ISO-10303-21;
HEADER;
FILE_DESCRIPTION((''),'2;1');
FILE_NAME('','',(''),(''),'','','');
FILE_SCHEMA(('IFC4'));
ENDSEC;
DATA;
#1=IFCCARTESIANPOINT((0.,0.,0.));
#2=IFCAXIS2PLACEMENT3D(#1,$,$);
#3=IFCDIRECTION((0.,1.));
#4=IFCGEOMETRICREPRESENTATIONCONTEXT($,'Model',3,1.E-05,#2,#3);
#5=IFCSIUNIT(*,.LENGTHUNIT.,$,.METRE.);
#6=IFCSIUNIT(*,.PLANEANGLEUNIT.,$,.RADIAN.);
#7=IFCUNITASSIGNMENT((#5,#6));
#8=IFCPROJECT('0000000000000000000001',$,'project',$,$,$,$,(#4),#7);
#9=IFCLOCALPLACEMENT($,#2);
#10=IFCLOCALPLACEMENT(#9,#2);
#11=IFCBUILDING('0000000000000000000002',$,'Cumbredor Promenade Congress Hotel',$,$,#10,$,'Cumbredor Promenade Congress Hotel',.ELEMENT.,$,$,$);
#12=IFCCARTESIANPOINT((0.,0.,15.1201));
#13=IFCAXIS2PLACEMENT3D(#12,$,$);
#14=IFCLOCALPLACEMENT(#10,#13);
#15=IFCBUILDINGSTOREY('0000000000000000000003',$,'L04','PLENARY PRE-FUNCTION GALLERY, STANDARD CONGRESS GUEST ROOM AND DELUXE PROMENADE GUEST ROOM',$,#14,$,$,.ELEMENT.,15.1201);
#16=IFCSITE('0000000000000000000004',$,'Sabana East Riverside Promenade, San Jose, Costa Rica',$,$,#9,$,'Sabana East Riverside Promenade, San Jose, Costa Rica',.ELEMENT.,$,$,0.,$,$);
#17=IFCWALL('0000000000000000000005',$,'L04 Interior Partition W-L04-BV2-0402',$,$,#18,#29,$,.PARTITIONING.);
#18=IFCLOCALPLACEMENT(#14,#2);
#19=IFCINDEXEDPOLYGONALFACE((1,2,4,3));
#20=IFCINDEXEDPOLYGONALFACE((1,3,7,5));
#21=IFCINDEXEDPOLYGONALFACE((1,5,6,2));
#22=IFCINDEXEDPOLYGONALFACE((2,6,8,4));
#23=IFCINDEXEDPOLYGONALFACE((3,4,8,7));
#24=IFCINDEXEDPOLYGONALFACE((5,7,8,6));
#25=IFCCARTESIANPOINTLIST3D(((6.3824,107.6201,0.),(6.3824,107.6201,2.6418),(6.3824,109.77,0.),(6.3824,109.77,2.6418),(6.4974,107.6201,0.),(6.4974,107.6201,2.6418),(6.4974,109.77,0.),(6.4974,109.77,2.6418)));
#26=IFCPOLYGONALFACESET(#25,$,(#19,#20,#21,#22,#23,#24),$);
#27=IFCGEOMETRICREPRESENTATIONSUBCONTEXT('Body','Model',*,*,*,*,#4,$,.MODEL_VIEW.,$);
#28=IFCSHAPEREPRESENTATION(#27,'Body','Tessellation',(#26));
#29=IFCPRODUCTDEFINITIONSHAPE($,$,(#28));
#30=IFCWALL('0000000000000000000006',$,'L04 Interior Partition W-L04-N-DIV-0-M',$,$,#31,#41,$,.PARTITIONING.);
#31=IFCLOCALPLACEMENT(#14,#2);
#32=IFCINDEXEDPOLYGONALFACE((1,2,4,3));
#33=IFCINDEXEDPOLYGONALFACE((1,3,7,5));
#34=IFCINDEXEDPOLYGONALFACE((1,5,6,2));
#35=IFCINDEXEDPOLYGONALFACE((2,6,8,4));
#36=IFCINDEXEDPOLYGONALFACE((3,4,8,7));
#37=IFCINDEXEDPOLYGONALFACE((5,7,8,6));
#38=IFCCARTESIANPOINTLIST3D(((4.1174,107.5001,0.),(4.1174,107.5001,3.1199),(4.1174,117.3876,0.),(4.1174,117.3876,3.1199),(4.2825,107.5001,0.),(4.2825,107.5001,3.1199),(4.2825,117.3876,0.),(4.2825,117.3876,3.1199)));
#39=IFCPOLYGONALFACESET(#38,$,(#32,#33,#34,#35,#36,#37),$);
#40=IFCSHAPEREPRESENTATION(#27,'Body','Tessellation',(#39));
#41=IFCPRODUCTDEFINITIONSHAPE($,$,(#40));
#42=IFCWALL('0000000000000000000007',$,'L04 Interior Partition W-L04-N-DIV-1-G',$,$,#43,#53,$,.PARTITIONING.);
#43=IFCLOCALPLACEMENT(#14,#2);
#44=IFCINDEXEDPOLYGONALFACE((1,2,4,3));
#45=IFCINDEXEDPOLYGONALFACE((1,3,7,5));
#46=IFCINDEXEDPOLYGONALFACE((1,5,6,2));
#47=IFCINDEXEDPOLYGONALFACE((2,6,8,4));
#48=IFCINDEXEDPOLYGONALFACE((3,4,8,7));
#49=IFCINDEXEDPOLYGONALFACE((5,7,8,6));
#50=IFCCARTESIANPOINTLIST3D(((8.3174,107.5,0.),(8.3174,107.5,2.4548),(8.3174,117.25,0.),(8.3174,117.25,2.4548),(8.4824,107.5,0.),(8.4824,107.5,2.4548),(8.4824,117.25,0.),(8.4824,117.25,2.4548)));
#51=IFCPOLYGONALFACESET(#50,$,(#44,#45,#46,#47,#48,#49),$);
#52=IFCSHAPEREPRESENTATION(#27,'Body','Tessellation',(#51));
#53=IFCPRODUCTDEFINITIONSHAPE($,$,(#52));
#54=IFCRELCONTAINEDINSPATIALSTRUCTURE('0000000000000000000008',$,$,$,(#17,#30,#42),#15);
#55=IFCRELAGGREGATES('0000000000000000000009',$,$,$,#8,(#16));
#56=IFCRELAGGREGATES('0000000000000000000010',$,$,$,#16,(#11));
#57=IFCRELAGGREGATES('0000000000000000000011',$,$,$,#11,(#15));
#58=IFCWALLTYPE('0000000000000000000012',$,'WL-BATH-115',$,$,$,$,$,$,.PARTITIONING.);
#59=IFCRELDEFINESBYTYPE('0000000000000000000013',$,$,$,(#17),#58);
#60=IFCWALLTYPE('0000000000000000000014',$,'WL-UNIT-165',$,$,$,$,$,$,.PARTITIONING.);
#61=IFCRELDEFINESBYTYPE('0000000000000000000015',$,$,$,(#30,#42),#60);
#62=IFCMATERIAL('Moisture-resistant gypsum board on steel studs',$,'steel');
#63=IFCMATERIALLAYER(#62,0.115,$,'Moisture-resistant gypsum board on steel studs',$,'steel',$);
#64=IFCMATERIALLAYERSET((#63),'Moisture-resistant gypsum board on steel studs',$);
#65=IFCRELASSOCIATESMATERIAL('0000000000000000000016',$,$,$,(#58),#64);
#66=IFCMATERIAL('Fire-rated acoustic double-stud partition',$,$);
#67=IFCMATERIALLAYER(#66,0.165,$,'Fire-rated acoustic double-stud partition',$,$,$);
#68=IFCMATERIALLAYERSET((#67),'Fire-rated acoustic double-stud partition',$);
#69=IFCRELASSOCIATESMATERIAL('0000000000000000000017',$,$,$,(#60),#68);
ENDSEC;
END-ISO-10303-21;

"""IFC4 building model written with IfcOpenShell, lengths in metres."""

from ifc_helpers import new_model, si_unit, direction, frame, frame_2d, origin, place, context, subcontext, project, spatial, rectangle, extrude, material, layer, layer_set, type_object, element, save


model = new_model("IFC4")

# Units and contexts
model_context = context("Model", 3, precision=1e-05, world=origin(), true_north=direction((0.0, 1.0)))
body_context = subcontext(model_context, "Body", "Model", "MODEL_VIEW")
ifc_project = project(units=[si_unit("LENGTHUNIT", "METRE"), si_unit("PLANEANGLEUNIT", "RADIAN")], contexts=[model_context])

# Site, building, storey
site_placement = place(None, origin())
site = spatial("IfcSite", under=ifc_project, at=site_placement, Name="Sabana East Riverside Promenade, San Jose, Costa Rica", LongName="Sabana East Riverside Promenade, San Jose, Costa Rica", CompositionType="ELEMENT", RefElevation=0.0)
building_placement = place(site_placement, origin())
building = spatial("IfcBuilding", under=site, at=building_placement, Name="Cumbredor Promenade Congress Hotel", LongName="Cumbredor Promenade Congress Hotel", CompositionType="ELEMENT")
storey_placement = place(building_placement, frame((0.0, 0.0, 15.1201)))
storey = spatial("IfcBuildingStorey", under=building, at=storey_placement, Name="L04", Description="PLENARY PRE-FUNCTION GALLERY, STANDARD CONGRESS GUEST ROOM AND DELUXE PROMENADE GUEST ROOM", CompositionType="ELEMENT", Elevation=15.1201)

# Wall
ifc_material_1 = material(Name="Moisture-resistant gypsum board on steel studs", Category="steel")
ifc_layer_1 = layer(ifc_material_1, 0.115, Name="Moisture-resistant gypsum board on steel studs", Category="steel")
ifc_layer_set_1 = layer_set([ifc_layer_1], Name="Moisture-resistant gypsum board on steel studs")
wall_type_1 = type_object("IfcWallType", Name="WL-BATH-115", PredefinedType="PARTITIONING", material=ifc_layer_set_1)
wall_1_placement = place(storey_placement, frame((6.4399, 107.6201, 0.0), z_axis=(0.0, 0.0, 1.0), x_axis=(0.0, 1.0, 0.0)))
element("IfcWall", 1, at=wall_1_placement, inside=storey, type_object=wall_type_1, Name="L04 Interior Partition W-L04-BV2-0402", PredefinedType="PARTITIONING", context=body_context, shape_type="SweptSolid", body=[
    extrude(rectangle(XDim=2.1499, YDim=0.115, at=frame_2d((1.075, 0.0))), origin(), (0.0, 0.0, 1.0), 2.6418),
])

# Walls
ifc_material_2 = material(Name="Fire-rated acoustic double-stud partition")
ifc_layer_2 = layer(ifc_material_2, 0.165, Name="Fire-rated acoustic double-stud partition")
ifc_layer_set_2 = layer_set([ifc_layer_2], Name="Fire-rated acoustic double-stud partition")
wall_type_2 = type_object("IfcWallType", Name="WL-UNIT-165", PredefinedType="PARTITIONING", material=ifc_layer_set_2)
wall_2_placement = place(storey_placement, frame((4.2, 107.5, 0.0), z_axis=(0.0, 0.0, 1.0), x_axis=(0.0, 1.0, 0.0)))
element("IfcWall", 2, at=wall_2_placement, inside=storey, type_object=wall_type_2, Name="L04 Interior Partition W-L04-N-DIV-0-M", PredefinedType="PARTITIONING", context=body_context, shape_type="SweptSolid", body=[
    extrude(rectangle(XDim=9.8875, YDim=0.165, at=frame_2d((4.9438, 0.0))), origin(), (0.0, 0.0, 1.0), 3.1199),
])
wall_3_placement = place(storey_placement, frame((8.3999, 107.5, 0.0), z_axis=(0.0, 0.0, 1.0), x_axis=(0.0, 1.0, 0.0)))
element("IfcWall", 3, at=wall_3_placement, inside=storey, type_object=wall_type_2, Name="L04 Interior Partition W-L04-N-DIV-1-G", PredefinedType="PARTITIONING", context=body_context, shape_type="SweptSolid", body=[
    extrude(rectangle(XDim=9.75, YDim=0.165, at=frame_2d((4.875, 0.0))), origin(), (0.0, 0.0, 1.0), 2.4548),
])

save(model, "model.ifc")
